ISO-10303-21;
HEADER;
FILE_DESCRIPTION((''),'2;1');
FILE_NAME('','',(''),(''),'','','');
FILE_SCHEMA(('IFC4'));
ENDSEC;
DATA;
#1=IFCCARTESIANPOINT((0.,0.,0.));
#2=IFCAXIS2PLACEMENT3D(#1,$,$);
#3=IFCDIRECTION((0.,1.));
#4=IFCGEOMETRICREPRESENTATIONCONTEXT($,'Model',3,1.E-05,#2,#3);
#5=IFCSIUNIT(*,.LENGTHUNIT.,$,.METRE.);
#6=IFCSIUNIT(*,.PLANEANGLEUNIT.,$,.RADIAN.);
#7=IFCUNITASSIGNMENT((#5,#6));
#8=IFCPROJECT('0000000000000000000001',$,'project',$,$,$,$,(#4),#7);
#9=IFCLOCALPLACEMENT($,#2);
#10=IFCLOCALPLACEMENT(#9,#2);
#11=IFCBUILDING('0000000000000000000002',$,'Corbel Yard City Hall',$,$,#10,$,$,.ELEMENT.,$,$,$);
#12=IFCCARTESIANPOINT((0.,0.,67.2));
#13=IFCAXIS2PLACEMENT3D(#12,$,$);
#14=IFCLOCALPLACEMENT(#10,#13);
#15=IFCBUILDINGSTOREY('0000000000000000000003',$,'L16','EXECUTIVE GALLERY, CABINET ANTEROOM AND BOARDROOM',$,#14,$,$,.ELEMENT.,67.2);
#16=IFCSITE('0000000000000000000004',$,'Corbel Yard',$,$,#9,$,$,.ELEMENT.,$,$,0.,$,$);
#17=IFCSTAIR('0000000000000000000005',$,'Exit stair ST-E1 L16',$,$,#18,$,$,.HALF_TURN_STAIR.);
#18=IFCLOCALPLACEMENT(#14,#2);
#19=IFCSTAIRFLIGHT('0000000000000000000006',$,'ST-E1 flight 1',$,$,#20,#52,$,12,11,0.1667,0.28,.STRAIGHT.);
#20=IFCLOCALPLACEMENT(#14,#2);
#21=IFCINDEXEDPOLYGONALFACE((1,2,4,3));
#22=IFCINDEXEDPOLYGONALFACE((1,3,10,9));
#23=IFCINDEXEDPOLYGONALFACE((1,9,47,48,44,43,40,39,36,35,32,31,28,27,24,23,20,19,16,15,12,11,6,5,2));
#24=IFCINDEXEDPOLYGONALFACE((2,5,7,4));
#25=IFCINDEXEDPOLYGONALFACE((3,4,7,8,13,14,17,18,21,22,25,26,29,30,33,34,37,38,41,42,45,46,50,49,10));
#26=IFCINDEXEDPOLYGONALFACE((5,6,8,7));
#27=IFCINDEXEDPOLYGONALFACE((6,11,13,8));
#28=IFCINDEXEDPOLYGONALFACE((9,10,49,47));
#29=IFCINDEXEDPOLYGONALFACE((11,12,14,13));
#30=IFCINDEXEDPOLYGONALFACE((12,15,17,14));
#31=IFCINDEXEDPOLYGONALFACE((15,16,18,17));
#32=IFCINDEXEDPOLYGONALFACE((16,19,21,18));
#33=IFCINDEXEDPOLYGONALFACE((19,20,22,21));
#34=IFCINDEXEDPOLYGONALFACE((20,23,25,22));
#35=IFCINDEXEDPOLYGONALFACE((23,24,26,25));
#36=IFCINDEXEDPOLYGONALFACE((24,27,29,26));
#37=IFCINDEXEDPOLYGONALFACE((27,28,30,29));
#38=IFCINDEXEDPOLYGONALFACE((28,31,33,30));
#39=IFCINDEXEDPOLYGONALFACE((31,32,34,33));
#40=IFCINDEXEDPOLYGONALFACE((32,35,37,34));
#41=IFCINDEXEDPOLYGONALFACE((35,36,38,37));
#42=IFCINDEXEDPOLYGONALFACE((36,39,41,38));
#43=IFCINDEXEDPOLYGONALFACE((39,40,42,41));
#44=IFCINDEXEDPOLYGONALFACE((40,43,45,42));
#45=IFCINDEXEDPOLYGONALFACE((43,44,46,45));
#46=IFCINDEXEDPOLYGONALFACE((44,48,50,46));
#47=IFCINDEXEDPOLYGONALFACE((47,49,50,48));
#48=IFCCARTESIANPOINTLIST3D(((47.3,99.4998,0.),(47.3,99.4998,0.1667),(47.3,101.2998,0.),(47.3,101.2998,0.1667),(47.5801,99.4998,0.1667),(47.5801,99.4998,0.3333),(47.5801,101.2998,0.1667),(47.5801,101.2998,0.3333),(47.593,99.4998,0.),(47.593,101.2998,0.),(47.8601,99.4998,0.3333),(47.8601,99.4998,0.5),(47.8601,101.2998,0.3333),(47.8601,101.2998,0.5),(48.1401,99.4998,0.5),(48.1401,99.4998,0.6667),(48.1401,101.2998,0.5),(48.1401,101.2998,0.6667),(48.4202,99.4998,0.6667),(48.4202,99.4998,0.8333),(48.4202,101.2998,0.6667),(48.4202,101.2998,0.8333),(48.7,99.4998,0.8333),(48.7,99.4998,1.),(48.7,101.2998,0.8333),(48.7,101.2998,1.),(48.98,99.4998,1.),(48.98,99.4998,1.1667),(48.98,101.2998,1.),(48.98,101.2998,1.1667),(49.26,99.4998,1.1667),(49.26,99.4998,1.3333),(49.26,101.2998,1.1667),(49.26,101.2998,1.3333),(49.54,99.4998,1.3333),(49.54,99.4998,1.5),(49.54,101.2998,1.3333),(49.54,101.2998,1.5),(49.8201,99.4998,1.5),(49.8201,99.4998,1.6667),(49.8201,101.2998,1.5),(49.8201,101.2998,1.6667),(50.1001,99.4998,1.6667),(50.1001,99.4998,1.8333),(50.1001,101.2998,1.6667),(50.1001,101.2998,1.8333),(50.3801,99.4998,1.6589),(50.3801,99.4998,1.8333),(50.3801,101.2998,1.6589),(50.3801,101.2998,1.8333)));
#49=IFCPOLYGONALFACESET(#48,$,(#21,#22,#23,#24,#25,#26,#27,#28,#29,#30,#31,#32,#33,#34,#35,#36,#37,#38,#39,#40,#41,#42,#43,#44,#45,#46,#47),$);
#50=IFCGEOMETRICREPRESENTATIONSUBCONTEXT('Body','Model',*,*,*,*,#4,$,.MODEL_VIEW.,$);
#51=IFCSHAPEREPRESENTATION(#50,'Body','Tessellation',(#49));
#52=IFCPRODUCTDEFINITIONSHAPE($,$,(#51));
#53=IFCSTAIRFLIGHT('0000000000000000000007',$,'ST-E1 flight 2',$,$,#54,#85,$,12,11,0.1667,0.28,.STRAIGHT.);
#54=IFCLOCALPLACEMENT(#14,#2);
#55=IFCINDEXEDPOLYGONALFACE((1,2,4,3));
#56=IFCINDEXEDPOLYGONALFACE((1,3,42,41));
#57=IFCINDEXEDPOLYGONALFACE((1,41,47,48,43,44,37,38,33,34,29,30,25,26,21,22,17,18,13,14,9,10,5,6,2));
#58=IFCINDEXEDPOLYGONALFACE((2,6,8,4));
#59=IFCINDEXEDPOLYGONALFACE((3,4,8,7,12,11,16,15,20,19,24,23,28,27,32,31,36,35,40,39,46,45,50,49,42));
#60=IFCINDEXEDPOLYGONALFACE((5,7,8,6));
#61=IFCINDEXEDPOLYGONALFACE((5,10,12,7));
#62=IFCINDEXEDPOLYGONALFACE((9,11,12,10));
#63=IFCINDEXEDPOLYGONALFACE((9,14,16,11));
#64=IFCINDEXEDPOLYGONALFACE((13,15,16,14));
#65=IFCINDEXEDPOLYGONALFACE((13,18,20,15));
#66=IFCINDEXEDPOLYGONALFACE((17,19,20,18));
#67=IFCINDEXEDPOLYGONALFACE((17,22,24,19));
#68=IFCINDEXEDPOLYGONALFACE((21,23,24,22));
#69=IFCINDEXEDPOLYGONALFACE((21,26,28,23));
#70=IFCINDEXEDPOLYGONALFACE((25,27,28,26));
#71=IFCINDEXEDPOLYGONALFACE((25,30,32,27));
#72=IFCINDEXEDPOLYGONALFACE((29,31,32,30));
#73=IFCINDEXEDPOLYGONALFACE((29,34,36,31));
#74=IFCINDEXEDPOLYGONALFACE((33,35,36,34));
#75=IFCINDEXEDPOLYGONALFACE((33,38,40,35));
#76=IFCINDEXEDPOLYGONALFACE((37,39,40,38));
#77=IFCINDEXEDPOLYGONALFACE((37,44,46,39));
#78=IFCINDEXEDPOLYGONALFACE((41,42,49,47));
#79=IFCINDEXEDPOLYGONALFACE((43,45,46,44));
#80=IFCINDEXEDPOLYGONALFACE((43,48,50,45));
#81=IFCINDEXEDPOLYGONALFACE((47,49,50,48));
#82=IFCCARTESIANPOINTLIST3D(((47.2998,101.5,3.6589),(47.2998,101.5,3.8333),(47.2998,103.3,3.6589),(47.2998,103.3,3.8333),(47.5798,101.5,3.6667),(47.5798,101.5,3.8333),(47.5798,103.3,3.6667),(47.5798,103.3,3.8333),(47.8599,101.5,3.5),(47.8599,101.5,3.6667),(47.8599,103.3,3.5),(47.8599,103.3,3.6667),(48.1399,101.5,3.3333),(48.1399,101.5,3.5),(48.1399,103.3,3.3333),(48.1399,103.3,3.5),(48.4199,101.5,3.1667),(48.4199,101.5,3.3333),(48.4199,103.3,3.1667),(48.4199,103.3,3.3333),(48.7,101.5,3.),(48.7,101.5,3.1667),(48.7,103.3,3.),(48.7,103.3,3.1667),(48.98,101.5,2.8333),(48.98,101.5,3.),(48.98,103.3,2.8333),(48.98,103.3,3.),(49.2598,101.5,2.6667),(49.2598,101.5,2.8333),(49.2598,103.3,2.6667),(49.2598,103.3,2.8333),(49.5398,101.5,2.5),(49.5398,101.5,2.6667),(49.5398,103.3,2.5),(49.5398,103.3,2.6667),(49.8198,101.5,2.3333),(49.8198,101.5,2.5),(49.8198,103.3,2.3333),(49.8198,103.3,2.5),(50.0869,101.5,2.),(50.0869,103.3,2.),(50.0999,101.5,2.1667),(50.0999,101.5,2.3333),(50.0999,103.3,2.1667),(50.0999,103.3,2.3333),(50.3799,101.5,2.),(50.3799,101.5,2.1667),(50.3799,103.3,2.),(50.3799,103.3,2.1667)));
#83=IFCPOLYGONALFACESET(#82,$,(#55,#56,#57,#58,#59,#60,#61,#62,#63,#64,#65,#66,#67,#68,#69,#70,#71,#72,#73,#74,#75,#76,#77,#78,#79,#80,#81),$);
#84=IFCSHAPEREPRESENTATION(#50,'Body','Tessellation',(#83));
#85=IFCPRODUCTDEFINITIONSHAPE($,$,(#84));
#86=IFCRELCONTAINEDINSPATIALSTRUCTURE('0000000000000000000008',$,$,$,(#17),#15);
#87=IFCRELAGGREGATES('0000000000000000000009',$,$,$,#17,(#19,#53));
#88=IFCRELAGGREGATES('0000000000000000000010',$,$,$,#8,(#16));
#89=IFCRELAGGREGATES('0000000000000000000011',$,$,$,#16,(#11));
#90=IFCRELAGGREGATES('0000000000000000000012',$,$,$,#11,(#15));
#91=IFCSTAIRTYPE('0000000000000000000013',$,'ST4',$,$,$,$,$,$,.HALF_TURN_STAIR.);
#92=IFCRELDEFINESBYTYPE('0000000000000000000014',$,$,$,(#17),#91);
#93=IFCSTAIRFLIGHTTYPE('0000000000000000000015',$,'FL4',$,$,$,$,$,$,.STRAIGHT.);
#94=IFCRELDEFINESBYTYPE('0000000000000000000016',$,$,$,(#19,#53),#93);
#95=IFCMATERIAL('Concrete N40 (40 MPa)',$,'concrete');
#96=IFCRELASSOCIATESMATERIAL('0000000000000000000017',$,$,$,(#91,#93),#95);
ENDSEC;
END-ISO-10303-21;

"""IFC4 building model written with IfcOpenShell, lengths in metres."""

from ifc_helpers import new_model, si_unit, direction, frame, origin, place, context, subcontext, project, spatial, polyline, outline, extrude, material, type_object, element, aggregate, save


model = new_model("IFC4")

# Units and contexts
model_context = context("Model", 3, precision=1e-05, world=origin(), true_north=direction((0.0, 1.0)))
body_context = subcontext(model_context, "Body", "Model", "MODEL_VIEW")
ifc_project = project(units=[si_unit("LENGTHUNIT", "METRE"), si_unit("PLANEANGLEUNIT", "RADIAN")], contexts=[model_context])

# Site, building, storey
site_placement = place(None, origin())
site = spatial("IfcSite", under=ifc_project, at=site_placement, Name="Corbel Yard", CompositionType="ELEMENT", RefElevation=0.0)
building_placement = place(site_placement, origin())
building = spatial("IfcBuilding", under=site, at=building_placement, Name="Corbel Yard City Hall", CompositionType="ELEMENT")
storey_placement = place(building_placement, frame((0.0, 0.0, 67.2)))
storey = spatial("IfcBuildingStorey", under=building, at=storey_placement, Name="L16", Description="EXECUTIVE GALLERY, CABINET ANTEROOM AND BOARDROOM", CompositionType="ELEMENT", Elevation=67.2)

# Shared definitions
ifc_material_1 = material(Name="Concrete N40 (40 MPa)", Category="concrete")

# Stair, stair flights
stair_type = type_object("IfcStairType", Name="ST4", PredefinedType="HALF_TURN_STAIR", material=ifc_material_1)
stair_placement = place(storey_placement, origin())
stair = element("IfcStair", 1, at=stair_placement, inside=storey, type_object=stair_type, Name="Exit stair ST-E1 L16", PredefinedType="HALF_TURN_STAIR")
stair_flight_type = type_object("IfcStairFlightType", Name="FL4", PredefinedType="STRAIGHT", material=ifc_material_1)
stair_flight_1_placement = place(storey_placement, frame((47.3, 100.3999, 0.0), z_axis=(0.0, 0.0, 1.0), x_axis=(1.0, 0.0, 0.0)))
stair_flight_1 = element("IfcStairFlight", 2, at=stair_flight_1_placement, type_object=stair_flight_type, Name="ST-E1 flight 1", NumberOfRisers=12, NumberOfTreads=11, PredefinedType="STRAIGHT", RiserHeight=0.1667, TreadLength=0.28, context=body_context, shape_type="SweptSolid", body=[
    extrude(outline(polyline([(0.0, 0.0), (0.0, 0.1667), (0.28, 0.1667), (0.28, 0.3333), (0.5601, 0.3333), (0.5601, 0.5), (0.8401, 0.5), (0.8401, 0.6667), (1.1201, 0.6667), (1.1201, 0.8333), (1.3999, 0.8333), (1.3999, 1.0), (1.6799, 1.0), (1.6799, 1.1667), (1.96, 1.1667), (1.96, 1.3333), (2.24, 1.3333), (2.24, 1.5), (2.52, 1.5), (2.52, 1.6667), (2.8, 1.6667), (2.8, 1.8333), (3.0801, 1.8333), (3.0801, 2.0), (3.0801, 1.6589), (0.293, 0.0), (0.0, 0.0)])), frame((0.0, 0.8999, 0.0), z_axis=(0.0, -1.0, 0.0), x_axis=(1.0, 0.0, 0.0)), (0.0, 0.0, 1.0), 1.8),
])
stair_flight_2_placement = place(storey_placement, frame((50.3799, 102.3999, 2.0), z_axis=(0.0, 0.0, 1.0), x_axis=(-1.0, 0.0, 0.0)))
stair_flight_2 = element("IfcStairFlight", 3, at=stair_flight_2_placement, type_object=stair_flight_type, Name="ST-E1 flight 2", NumberOfRisers=12, NumberOfTreads=11, PredefinedType="STRAIGHT", RiserHeight=0.1667, TreadLength=0.28, context=body_context, shape_type="SweptSolid", body=[
    extrude(outline(polyline([(0.0, 0.0), (0.0, 0.1667), (0.28, 0.1667), (0.28, 0.3333), (0.5601, 0.3333), (0.5601, 0.5), (0.8401, 0.5), (0.8401, 0.6667), (1.1201, 0.6667), (1.1201, 0.8333), (1.3999, 0.8333), (1.3999, 1.0), (1.6799, 1.0), (1.6799, 1.1667), (1.96, 1.1667), (1.96, 1.3333), (2.24, 1.3333), (2.24, 1.5), (2.52, 1.5), (2.52, 1.6667), (2.8, 1.6667), (2.8, 1.8333), (3.0801, 1.8333), (3.0801, 2.0), (3.0801, 1.6589), (0.293, 0.0), (0.0, 0.0)])), frame((0.0, 0.8999, 0.0), z_axis=(0.0, -1.0, 0.0), x_axis=(1.0, 0.0, 0.0)), (0.0, 0.0, 1.0), 1.8),
])
aggregate(stair, [stair_flight_1, stair_flight_2])

save(model, "model.ifc")
